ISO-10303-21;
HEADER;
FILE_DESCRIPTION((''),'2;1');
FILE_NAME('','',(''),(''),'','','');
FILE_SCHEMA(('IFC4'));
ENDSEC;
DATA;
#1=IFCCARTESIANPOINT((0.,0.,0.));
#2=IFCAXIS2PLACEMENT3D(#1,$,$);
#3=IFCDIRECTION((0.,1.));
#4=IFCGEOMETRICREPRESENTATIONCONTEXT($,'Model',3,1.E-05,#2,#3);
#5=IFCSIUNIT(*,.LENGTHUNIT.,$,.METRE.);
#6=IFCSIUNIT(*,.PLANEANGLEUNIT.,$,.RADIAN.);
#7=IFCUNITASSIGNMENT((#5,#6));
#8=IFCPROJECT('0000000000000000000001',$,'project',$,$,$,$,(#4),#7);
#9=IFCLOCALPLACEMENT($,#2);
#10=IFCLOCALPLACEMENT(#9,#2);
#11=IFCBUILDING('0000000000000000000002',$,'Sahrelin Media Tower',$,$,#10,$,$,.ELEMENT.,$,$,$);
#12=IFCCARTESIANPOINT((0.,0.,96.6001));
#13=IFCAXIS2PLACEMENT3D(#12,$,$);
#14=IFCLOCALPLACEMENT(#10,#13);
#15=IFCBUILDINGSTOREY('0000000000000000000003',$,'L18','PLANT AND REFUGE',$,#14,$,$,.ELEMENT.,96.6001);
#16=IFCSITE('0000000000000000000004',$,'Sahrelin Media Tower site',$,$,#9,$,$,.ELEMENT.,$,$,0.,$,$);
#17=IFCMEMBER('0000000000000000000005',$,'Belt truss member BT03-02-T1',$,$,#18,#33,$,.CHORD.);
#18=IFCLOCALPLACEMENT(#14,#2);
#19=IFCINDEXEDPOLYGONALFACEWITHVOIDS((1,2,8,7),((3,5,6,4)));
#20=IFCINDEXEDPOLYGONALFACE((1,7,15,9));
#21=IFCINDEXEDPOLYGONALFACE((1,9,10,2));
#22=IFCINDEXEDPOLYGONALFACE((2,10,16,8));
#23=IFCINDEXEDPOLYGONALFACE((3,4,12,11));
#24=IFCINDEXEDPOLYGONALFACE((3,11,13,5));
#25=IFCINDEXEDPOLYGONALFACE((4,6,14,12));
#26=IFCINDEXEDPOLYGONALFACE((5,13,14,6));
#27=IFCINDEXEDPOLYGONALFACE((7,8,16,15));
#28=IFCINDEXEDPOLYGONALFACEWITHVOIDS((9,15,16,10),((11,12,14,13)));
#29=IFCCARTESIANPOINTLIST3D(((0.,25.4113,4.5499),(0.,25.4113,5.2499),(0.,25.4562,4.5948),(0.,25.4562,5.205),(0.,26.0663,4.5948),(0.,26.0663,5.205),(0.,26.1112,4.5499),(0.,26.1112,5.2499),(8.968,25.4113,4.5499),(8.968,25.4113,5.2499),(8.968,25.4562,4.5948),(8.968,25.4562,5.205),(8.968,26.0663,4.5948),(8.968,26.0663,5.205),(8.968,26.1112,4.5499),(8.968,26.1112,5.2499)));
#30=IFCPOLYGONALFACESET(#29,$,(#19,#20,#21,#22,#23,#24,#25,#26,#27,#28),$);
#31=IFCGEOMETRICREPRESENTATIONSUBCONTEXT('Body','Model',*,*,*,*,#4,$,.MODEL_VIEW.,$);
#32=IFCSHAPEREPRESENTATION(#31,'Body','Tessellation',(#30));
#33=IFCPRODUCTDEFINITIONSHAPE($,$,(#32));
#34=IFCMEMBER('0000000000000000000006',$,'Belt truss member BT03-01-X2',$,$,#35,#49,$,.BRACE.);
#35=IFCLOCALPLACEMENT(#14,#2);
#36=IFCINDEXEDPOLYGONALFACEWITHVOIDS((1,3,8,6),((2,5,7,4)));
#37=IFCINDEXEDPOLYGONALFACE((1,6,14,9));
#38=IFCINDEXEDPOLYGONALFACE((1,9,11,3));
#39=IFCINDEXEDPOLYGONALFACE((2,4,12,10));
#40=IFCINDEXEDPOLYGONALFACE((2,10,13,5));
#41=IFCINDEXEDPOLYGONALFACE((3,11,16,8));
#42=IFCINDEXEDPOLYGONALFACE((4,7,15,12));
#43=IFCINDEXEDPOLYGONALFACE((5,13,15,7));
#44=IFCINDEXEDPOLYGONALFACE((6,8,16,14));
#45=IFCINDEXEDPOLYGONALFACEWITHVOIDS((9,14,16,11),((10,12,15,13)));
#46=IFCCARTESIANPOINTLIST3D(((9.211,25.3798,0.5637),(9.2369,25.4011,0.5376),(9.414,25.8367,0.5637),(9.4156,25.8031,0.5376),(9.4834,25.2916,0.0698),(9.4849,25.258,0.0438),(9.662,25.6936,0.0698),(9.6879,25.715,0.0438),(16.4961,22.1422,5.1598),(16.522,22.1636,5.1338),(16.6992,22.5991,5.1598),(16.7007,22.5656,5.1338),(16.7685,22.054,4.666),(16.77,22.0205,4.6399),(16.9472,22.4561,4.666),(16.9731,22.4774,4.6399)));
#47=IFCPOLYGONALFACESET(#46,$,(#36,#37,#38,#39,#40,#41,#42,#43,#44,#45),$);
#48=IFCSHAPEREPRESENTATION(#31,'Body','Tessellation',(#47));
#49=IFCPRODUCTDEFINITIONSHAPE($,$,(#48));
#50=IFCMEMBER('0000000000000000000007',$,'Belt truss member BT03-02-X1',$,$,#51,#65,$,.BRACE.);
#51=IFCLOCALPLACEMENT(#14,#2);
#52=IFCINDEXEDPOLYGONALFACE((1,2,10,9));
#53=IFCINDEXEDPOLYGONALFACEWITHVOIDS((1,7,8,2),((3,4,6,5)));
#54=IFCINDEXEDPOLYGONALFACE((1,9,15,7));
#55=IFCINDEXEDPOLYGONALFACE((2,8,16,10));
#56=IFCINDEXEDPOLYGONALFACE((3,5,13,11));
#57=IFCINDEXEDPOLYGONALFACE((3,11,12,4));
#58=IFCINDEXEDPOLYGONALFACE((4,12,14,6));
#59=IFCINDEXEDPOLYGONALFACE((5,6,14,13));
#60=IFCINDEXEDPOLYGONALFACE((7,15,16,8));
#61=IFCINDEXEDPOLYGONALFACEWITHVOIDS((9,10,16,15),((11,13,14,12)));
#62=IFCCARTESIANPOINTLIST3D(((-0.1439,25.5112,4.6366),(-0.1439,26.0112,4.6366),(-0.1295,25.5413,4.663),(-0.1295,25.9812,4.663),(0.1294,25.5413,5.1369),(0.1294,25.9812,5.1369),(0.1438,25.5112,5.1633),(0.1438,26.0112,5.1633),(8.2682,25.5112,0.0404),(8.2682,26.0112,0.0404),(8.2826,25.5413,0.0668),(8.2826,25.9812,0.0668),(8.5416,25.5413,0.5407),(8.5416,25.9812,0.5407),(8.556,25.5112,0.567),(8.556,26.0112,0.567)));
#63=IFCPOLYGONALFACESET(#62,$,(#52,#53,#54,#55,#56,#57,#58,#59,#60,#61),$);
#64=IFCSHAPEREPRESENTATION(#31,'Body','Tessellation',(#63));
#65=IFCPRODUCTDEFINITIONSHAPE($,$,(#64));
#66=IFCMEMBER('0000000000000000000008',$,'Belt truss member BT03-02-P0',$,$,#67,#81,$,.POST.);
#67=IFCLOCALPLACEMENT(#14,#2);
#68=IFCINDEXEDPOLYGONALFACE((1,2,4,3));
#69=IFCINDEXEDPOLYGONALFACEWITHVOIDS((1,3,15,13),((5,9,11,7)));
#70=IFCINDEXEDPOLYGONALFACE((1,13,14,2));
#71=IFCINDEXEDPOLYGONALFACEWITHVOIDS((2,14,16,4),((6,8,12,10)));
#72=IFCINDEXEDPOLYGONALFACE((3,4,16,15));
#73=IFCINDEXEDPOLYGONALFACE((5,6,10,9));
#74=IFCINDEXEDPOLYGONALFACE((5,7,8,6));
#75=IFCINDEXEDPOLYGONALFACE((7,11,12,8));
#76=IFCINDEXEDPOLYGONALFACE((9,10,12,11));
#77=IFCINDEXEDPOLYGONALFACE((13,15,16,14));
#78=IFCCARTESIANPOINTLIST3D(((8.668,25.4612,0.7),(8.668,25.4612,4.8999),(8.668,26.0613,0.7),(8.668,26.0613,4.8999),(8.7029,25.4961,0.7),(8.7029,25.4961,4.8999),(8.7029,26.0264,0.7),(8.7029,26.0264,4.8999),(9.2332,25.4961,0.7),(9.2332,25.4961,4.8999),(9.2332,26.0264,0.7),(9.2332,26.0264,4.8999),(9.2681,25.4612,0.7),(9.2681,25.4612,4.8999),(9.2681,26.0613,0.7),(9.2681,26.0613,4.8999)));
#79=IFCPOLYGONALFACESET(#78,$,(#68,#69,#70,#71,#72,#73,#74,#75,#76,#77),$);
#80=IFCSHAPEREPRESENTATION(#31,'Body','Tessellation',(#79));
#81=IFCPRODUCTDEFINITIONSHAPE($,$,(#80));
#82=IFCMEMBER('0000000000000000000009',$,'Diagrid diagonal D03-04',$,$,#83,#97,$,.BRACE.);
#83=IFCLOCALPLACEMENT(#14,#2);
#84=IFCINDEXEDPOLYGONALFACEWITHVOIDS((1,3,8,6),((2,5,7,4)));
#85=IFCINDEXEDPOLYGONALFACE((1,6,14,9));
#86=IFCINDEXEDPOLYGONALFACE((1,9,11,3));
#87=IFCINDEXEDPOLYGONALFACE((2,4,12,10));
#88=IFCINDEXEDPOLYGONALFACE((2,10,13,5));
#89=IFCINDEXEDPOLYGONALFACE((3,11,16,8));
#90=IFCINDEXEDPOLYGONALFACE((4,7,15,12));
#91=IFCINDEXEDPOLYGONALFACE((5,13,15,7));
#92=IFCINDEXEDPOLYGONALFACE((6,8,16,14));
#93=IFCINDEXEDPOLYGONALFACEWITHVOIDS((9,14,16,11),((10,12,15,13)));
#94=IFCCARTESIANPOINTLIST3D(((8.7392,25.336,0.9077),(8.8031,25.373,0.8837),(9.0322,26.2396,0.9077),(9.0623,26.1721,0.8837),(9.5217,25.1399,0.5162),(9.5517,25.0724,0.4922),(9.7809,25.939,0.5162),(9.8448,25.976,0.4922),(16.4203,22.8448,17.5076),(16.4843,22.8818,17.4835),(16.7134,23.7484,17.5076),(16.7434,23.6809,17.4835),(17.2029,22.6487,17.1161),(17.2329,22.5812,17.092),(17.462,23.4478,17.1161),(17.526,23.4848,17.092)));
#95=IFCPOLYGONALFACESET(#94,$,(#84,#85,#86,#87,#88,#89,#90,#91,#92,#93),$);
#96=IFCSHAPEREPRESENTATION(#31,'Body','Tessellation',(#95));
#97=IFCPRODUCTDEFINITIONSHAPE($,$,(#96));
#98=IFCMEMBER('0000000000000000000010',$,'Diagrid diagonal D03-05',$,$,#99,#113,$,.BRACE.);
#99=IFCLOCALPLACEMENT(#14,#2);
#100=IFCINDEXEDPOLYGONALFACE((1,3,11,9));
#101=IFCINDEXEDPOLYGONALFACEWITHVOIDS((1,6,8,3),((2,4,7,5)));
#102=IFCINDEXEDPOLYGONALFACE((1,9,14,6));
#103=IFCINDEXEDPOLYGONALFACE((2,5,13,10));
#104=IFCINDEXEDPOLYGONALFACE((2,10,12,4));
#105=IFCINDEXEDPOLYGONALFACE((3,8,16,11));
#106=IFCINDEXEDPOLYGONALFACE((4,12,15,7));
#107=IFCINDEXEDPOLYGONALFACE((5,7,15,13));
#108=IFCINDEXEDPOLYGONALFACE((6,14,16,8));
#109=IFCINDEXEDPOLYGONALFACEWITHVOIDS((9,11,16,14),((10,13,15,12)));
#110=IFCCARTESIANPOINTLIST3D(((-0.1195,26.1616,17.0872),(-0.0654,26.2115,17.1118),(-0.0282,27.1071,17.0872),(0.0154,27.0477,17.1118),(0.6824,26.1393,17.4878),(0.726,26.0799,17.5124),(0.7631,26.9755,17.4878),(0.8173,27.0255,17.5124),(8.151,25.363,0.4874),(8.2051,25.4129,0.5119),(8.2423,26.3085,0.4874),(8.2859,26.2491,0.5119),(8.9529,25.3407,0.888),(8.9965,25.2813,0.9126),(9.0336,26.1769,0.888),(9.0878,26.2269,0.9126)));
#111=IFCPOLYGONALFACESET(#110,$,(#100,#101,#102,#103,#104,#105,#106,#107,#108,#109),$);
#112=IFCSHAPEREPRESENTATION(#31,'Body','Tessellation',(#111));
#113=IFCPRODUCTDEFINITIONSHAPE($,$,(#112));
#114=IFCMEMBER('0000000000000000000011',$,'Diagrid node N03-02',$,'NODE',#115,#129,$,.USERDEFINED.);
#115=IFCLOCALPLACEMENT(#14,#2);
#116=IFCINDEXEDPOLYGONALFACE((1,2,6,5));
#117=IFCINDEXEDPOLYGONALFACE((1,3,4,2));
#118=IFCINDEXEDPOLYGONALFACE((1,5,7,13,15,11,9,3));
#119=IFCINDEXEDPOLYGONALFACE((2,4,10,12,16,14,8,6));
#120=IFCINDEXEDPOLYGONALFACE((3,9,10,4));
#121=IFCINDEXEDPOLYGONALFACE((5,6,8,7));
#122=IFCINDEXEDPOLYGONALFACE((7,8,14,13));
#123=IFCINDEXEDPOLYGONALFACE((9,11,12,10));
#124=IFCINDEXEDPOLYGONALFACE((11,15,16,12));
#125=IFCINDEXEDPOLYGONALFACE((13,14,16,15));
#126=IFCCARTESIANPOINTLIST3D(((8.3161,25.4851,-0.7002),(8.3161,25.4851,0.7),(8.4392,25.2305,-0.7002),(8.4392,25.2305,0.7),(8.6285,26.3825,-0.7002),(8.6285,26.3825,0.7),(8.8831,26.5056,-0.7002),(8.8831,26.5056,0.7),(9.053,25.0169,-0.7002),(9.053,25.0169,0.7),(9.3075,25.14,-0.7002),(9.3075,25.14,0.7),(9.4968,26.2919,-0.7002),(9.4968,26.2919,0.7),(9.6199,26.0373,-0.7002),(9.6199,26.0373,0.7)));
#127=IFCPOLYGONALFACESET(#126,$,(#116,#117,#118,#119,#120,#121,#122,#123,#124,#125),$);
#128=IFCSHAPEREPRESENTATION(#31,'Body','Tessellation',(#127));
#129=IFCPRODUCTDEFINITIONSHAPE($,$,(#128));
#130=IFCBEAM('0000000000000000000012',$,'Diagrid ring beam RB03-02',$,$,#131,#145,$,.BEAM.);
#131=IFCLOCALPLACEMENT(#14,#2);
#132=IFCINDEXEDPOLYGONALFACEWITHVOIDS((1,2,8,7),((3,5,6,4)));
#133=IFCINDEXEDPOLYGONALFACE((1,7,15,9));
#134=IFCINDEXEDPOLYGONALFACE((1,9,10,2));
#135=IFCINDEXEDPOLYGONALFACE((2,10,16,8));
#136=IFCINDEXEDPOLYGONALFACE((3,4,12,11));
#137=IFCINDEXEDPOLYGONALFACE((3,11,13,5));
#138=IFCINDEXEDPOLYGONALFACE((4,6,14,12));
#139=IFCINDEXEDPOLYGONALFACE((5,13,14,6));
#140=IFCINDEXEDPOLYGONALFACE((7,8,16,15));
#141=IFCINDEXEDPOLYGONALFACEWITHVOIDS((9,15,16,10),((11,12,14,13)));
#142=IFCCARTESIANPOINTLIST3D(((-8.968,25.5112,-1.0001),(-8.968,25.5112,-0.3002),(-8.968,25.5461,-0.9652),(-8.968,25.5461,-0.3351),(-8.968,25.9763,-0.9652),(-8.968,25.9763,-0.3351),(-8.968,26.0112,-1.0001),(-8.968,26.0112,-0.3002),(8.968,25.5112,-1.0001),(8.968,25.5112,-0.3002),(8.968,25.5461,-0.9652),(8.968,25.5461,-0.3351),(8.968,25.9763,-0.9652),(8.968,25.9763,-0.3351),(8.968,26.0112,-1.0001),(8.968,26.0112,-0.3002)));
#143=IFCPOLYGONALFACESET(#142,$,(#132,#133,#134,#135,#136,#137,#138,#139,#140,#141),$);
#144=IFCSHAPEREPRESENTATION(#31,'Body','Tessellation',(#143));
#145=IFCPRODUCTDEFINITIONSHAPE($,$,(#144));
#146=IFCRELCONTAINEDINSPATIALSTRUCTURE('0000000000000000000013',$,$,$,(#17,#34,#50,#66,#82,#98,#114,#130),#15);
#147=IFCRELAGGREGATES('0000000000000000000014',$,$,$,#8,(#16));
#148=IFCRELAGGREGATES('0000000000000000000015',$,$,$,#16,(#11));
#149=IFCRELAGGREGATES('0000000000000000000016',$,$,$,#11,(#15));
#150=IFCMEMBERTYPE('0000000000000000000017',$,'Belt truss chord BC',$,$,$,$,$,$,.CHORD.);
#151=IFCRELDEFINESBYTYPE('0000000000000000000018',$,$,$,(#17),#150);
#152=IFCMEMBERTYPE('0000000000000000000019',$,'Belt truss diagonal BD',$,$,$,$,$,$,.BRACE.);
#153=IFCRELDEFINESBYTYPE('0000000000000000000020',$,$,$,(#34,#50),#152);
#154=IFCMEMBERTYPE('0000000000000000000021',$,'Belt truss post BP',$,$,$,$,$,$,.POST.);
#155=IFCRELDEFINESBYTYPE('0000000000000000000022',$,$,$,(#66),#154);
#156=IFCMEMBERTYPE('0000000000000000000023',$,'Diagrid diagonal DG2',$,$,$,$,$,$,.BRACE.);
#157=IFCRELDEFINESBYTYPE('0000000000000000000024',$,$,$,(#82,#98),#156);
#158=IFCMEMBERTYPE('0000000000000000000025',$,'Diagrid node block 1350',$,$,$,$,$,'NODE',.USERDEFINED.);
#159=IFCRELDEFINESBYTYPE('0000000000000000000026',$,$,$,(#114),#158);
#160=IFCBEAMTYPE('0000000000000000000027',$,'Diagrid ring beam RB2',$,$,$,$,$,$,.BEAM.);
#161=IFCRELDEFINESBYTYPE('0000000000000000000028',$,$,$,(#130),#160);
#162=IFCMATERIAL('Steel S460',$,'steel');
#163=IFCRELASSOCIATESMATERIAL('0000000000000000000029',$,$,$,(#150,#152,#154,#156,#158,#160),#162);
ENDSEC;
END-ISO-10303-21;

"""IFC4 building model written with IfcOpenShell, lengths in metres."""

from ifc_helpers import new_model, si_unit, direction, frame, origin, origin_2d, place, context, subcontext, project, spatial, polyline, hollow_rectangle, outline, extrude, material, material_profile, profile_set, type_object, element, save


model = new_model("IFC4")

# Units and contexts
model_context = context("Model", 3, precision=1e-05, world=origin(), true_north=direction((0.0, 1.0)))
body_context = subcontext(model_context, "Body", "Model", "MODEL_VIEW")
ifc_project = project(units=[si_unit("LENGTHUNIT", "METRE"), si_unit("PLANEANGLEUNIT", "RADIAN")], contexts=[model_context])

# Site, building, storey
site_placement = place(None, origin())
site = spatial("IfcSite", under=ifc_project, at=site_placement, Name="Sahrelin Media Tower site", CompositionType="ELEMENT", RefElevation=0.0)
building_placement = place(site_placement, origin())
building = spatial("IfcBuilding", under=site, at=building_placement, Name="Sahrelin Media Tower", CompositionType="ELEMENT")
storey_placement = place(building_placement, frame((0.0, 0.0, 96.6001)))
storey = spatial("IfcBuildingStorey", under=building, at=storey_placement, Name="L18", Description="PLANT AND REFUGE", CompositionType="ELEMENT", Elevation=96.6001)

# Members
ifc_material_1 = material(Name="Steel S460", Category="steel")
ifc_material_profile_1 = material_profile(ifc_material_1, hollow_rectangle(XDim=0.7, YDim=0.7, WallThickness=0.0449, at=origin_2d()), Name="Belt truss chord BC")
ifc_profile_set_1 = profile_set([ifc_material_profile_1], Name="Steel S460")
member_type_1 = type_object("IfcMemberType", Name="Belt truss chord BC", PredefinedType="CHORD", material=ifc_profile_set_1)
member_1_placement = place(storey_placement, frame((8.968, 25.7612, 4.8999), z_axis=(-1.0, 0.0, 0.0), x_axis=(0.0, -1.0, 0.0)))
element("IfcMember", 1, at=member_1_placement, inside=storey, type_object=member_type_1, Name="Belt truss member BT03-02-T1", PredefinedType="CHORD", context=body_context, shape_type="SweptSolid", body=[
    extrude(hollow_rectangle(XDim=0.7, YDim=0.7, WallThickness=0.0449, at=origin_2d()), origin(), (0.0, 0.0, 1.0), 8.968),
])
ifc_material_profile_2 = material_profile(ifc_material_1, hollow_rectangle(XDim=0.5, YDim=0.6001, WallThickness=0.03, at=origin_2d()), Name="Belt truss diagonal BD")
ifc_profile_set_2 = profile_set([ifc_material_profile_2], Name="Steel S460")
member_type_2 = type_object("IfcMemberType", Name="Belt truss diagonal BD", PredefinedType="BRACE", material=ifc_profile_set_2)
member_2_placement = place(storey_placement, frame((9.4495, 25.5474, 0.3037), z_axis=(0.791677, -0.351824, 0.499467), x_axis=(0.406107, 0.913825, 0.0)))
element("IfcMember", 2, at=member_2_placement, inside=storey, type_object=member_type_2, Name="Belt truss member BT03-01-X2", PredefinedType="BRACE", context=body_context, shape_type="SweptSolid", body=[
    extrude(hollow_rectangle(XDim=0.5, YDim=0.6001, WallThickness=0.03, at=origin_2d()), origin(), (0.0, 0.0, 1.0), 9.2021),
])
member_3_placement = place(storey_placement, frame((8.4121, 25.7612, 0.3037), z_axis=(-0.877555, 0.0, 0.479477), x_axis=(0.0, -1.0, 0.0)))
element("IfcMember", 3, at=member_3_placement, inside=storey, type_object=member_type_2, Name="Belt truss member BT03-02-X1", PredefinedType="BRACE", context=body_context, shape_type="SweptSolid", body=[
    extrude(hollow_rectangle(XDim=0.5, YDim=0.6001, WallThickness=0.03, at=origin_2d()), origin(), (0.0, 0.0, 1.0), 9.5859),
])
ifc_material_profile_3 = material_profile(ifc_material_1, hollow_rectangle(XDim=0.6001, YDim=0.6001, WallThickness=0.0349, at=origin_2d()), Name="Belt truss post BP")
ifc_profile_set_3 = profile_set([ifc_material_profile_3], Name="Steel S460")
member_type_3 = type_object("IfcMemberType", Name="Belt truss post BP", PredefinedType="POST", material=ifc_profile_set_3)
member_4_placement = place(storey_placement, frame((8.968, 25.7612, 0.7), z_axis=(0.0, 0.0, 1.0), x_axis=(1.0, 0.0, 0.0)))
element("IfcMember", 4, at=member_4_placement, inside=storey, type_object=member_type_3, Name="Belt truss member BT03-02-P0", PredefinedType="POST", context=body_context, shape_type="SweptSolid", body=[
    extrude(hollow_rectangle(XDim=0.6001, YDim=0.6001, WallThickness=0.0349, at=origin_2d()), origin(), (0.0, 0.0, 1.0), 4.2),
])
ifc_material_profile_4 = material_profile(ifc_material_1, hollow_rectangle(XDim=0.95, YDim=0.95, WallThickness=0.0549, at=origin_2d()), Name="Diagrid diagonal DG2")
ifc_profile_set_4 = profile_set([ifc_material_profile_4], Name="Steel S460")
member_type_4 = type_object("IfcMemberType", Name="Diagrid diagonal DG2", PredefinedType="BRACE", material=ifc_profile_set_4)
member_5_placement = place(storey_placement, frame((9.292, 25.656, 0.7), z_axis=(0.416103, -0.134954, 0.899247), x_axis=(0.308508, 0.951222, 0.0)))
element("IfcMember", 5, at=member_5_placement, inside=storey, type_object=member_type_4, Name="Diagrid diagonal D03-04", PredefinedType="BRACE", context=body_context, shape_type="SweptSolid", body=[
    extrude(hollow_rectangle(XDim=0.95, YDim=0.95, WallThickness=0.0549, at=origin_2d()), origin(), (0.0, 0.0, 1.0), 18.4597),
])
member_6_placement = place(storey_placement, frame((8.6194, 25.7949, 0.7), z_axis=(-0.445531, 0.04302, 0.894232), x_axis=(-0.096111, -0.995371, 0.0)))
element("IfcMember", 6, at=member_6_placement, inside=storey, type_object=member_type_4, Name="Diagrid diagonal D03-05", PredefinedType="BRACE", context=body_context, shape_type="SweptSolid", body=[
    extrude(hollow_rectangle(XDim=0.95, YDim=0.95, WallThickness=0.0549, at=origin_2d()), origin(), (0.0, 0.0, 1.0), 18.5632),
])
ifc_material_profile_5 = material_profile(ifc_material_1, outline(polyline([(0.4751, -0.5249), (0.675, -0.325), (0.675, 0.325), (0.4751, 0.5249), (-0.4751, 0.5249), (-0.675, 0.325), (-0.675, -0.325), (-0.4751, -0.5249), (0.4751, -0.5249)])), Name="Diagrid node block 1350")
ifc_profile_set_5 = profile_set([ifc_material_profile_5], Name="Steel S460")
member_type_5 = type_object("IfcMemberType", Name="Diagrid node block 1350", ElementType="NODE", PredefinedType="USERDEFINED", material=ifc_profile_set_5)
member_7_placement = place(storey_placement, frame((8.968, 25.7612, -0.7002), z_axis=(0.0, 0.0, 1.0), x_axis=(0.328771, 0.94441, 0.0)))
element("IfcMember", 7, at=member_7_placement, inside=storey, type_object=member_type_5, Name="Diagrid node N03-02", ObjectType="NODE", PredefinedType="USERDEFINED", context=body_context, shape_type="SweptSolid", body=[
    extrude(outline(polyline([(0.4751, -0.5249), (0.675, -0.325), (0.675, 0.325), (0.4751, 0.5249), (-0.4751, 0.5249), (-0.675, 0.325), (-0.675, -0.325), (-0.4751, -0.5249), (0.4751, -0.5249)])), origin(), (0.0, 0.0, 1.0), 1.4001),
])

# Beam
ifc_material_profile_6 = material_profile(ifc_material_1, hollow_rectangle(XDim=0.5, YDim=0.7, WallThickness=0.0349, at=origin_2d()), Name="Diagrid ring beam RB2")
ifc_profile_set_6 = profile_set([ifc_material_profile_6], Name="Steel S460")
beam_type_1 = type_object("IfcBeamType", Name="Diagrid ring beam RB2", PredefinedType="BEAM", material=ifc_profile_set_6)
beam_1_placement = place(storey_placement, frame((8.968, 25.7612, -0.6501), z_axis=(-1.0, 0.0, 0.0), x_axis=(0.0, -1.0, 0.0)))
element("IfcBeam", 8, at=beam_1_placement, inside=storey, type_object=beam_type_1, Name="Diagrid ring beam RB03-02", PredefinedType="BEAM", context=body_context, shape_type="SweptSolid", body=[
    extrude(hollow_rectangle(XDim=0.5, YDim=0.7, WallThickness=0.0349, at=origin_2d()), origin(), (0.0, 0.0, 1.0), 17.936),
])

save(model, "model.ifc")
